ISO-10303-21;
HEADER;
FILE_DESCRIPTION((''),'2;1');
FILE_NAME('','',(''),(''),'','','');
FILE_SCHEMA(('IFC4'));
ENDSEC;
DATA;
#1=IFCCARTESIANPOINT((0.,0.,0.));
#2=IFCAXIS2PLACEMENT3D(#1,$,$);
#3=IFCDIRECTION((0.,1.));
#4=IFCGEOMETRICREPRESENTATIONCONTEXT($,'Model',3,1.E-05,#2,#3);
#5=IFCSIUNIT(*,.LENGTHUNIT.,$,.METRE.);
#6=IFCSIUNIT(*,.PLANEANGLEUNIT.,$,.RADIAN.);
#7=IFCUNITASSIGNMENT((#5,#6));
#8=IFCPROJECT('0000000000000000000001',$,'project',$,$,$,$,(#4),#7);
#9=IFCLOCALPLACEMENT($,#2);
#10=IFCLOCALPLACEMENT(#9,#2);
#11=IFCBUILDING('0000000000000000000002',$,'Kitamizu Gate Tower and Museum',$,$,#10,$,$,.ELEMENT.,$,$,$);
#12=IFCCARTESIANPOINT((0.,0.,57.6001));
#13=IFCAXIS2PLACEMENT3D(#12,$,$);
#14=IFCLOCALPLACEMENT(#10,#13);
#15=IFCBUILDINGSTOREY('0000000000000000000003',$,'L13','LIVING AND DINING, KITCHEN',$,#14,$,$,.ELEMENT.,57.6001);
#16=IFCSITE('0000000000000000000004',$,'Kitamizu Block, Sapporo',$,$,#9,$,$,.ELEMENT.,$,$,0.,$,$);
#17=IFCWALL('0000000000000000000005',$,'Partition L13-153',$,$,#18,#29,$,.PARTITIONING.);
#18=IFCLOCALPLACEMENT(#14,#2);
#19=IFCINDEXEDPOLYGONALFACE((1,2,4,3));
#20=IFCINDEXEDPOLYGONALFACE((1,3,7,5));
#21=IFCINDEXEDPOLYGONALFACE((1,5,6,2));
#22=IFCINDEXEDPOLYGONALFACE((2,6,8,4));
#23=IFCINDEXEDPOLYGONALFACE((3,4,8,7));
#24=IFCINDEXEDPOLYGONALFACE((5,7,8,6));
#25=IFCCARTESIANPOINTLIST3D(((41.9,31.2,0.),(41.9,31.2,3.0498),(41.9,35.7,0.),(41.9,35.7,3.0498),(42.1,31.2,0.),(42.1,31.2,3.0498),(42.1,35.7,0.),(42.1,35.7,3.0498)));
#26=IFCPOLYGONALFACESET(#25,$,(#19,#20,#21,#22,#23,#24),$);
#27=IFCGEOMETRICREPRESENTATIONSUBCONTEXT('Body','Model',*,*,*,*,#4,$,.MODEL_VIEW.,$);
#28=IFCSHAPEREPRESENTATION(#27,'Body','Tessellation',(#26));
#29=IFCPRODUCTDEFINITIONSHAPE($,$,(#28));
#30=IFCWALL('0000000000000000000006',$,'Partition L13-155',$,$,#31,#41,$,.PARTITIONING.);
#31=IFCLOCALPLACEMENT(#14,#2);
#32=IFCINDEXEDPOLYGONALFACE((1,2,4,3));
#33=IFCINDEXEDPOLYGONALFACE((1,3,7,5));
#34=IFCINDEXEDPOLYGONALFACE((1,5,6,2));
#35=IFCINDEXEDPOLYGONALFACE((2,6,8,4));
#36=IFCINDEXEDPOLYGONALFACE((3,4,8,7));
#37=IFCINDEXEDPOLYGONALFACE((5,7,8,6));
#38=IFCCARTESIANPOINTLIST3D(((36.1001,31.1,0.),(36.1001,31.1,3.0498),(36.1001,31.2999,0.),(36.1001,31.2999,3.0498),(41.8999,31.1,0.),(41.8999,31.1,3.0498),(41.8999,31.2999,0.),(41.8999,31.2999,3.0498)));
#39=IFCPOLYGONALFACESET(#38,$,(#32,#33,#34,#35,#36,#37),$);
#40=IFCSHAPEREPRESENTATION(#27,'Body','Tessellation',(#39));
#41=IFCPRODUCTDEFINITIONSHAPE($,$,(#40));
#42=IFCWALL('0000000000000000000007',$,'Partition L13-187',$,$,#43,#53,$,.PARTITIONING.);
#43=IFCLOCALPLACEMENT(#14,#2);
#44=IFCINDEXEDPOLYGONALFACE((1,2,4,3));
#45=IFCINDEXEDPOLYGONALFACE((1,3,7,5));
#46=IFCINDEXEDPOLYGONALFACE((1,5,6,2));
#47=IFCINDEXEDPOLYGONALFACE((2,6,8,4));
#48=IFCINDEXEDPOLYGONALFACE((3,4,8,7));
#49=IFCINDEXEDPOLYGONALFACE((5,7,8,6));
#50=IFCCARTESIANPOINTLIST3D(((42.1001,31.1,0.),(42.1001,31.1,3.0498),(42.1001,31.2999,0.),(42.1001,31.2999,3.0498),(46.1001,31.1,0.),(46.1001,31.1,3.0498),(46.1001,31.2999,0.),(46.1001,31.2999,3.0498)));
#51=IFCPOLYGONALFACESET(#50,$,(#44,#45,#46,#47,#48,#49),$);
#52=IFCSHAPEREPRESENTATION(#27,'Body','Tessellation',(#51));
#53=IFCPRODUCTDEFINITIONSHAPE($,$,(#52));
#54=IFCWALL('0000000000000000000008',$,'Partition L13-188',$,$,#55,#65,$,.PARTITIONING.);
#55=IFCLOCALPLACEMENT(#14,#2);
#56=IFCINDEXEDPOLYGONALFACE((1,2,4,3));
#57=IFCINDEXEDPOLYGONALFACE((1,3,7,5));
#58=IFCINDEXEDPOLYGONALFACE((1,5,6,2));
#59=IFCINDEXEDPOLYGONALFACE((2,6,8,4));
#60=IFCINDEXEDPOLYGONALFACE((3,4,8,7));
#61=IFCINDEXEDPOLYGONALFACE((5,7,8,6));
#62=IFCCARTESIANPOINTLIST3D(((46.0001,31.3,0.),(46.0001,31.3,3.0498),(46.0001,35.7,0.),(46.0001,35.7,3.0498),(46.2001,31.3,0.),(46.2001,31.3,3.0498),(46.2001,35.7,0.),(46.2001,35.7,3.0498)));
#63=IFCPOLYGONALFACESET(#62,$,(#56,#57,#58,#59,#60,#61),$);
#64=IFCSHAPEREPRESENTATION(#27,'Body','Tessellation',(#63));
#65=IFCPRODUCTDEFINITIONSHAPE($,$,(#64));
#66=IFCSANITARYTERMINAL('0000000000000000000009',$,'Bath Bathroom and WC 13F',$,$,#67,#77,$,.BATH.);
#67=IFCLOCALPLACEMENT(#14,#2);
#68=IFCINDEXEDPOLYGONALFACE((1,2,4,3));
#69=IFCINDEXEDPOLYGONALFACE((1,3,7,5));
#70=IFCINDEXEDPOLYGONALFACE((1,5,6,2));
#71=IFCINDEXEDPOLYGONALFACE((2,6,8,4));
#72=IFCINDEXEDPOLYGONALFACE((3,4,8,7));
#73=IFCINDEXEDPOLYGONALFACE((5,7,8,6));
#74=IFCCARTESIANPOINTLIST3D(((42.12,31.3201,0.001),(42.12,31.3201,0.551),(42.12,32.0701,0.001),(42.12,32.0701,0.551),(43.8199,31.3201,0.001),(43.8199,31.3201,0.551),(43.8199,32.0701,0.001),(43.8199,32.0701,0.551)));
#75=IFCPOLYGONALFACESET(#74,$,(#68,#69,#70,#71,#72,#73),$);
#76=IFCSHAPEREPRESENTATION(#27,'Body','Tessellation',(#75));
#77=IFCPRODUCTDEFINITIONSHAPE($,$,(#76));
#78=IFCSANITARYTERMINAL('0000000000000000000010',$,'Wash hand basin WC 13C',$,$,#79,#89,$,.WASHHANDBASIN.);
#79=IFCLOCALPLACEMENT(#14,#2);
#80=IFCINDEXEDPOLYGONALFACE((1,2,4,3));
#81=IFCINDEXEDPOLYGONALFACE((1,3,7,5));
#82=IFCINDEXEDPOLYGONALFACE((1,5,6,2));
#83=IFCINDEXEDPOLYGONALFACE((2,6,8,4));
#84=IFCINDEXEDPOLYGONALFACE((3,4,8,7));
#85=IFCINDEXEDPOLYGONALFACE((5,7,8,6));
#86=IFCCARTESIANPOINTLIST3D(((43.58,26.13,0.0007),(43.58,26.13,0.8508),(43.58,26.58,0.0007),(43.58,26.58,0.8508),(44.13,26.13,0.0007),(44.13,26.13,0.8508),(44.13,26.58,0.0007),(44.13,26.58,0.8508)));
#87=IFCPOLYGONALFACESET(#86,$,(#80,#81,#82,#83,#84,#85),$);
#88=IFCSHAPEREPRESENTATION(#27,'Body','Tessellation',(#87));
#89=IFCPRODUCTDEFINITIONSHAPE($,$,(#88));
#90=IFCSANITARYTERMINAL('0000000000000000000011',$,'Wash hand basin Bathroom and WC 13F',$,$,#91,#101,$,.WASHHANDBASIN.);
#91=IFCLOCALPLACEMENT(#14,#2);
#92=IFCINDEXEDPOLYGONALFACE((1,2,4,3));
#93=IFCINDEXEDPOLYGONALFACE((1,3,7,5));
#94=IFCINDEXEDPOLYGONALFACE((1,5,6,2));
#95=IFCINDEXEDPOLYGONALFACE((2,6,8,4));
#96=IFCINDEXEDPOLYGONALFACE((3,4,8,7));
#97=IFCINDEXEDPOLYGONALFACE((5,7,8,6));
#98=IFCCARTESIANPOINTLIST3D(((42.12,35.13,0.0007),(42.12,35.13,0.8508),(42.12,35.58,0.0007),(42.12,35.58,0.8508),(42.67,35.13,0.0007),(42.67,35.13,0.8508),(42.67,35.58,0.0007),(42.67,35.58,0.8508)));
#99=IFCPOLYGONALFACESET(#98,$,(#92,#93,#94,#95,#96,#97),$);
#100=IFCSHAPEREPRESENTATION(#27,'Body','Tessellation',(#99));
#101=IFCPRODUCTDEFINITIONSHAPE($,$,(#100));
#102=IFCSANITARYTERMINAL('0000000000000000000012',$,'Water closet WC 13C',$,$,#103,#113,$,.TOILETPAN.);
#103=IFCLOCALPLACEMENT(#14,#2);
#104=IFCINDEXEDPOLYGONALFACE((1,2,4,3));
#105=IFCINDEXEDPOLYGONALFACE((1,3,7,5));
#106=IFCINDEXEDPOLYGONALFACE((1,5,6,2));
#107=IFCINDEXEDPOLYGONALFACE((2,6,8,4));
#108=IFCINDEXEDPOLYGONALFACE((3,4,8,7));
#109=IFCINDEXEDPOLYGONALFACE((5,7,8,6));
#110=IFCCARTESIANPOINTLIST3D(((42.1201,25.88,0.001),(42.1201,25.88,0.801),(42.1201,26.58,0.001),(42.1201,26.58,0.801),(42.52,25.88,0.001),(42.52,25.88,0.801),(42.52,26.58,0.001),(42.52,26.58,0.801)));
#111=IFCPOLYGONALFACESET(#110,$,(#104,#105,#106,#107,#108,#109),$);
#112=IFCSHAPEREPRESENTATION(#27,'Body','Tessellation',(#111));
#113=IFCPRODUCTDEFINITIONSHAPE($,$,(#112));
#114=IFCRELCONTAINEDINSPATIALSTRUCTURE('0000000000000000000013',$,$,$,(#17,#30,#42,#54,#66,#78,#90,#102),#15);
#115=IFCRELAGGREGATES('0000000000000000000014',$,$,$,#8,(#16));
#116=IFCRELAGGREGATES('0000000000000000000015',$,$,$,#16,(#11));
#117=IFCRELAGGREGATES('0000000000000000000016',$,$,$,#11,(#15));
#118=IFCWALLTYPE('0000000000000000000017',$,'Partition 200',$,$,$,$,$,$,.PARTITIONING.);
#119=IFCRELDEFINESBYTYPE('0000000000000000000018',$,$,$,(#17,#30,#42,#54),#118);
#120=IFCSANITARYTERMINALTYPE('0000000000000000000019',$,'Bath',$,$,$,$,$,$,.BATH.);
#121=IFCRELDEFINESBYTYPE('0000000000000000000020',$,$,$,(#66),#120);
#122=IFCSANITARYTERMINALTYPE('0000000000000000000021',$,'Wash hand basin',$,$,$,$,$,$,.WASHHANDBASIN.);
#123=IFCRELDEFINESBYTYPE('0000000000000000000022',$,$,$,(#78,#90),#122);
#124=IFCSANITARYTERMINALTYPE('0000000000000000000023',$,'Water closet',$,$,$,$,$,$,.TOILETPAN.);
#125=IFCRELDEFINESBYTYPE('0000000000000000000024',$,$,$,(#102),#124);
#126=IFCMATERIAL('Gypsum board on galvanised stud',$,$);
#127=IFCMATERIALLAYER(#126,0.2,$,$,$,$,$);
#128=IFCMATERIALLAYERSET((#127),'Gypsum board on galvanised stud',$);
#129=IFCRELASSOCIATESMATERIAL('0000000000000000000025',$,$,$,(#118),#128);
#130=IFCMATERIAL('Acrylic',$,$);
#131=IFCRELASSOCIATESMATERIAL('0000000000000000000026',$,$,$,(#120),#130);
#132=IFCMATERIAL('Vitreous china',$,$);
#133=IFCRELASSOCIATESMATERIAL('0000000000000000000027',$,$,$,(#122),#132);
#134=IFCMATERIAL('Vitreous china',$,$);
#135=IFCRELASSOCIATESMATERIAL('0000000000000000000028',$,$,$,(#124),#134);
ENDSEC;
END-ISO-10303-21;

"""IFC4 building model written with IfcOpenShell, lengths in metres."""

from ifc_helpers import new_model, si_unit, direction, frame, frame_2d, origin, origin_2d, place, context, subcontext, project, spatial, rectangle, extrude, material, layer, layer_set, type_object, element, save


model = new_model("IFC4")

# Units and contexts
model_context = context("Model", 3, precision=1e-05, world=origin(), true_north=direction((0.0, 1.0)))
body_context = subcontext(model_context, "Body", "Model", "MODEL_VIEW")
ifc_project = project(units=[si_unit("LENGTHUNIT", "METRE"), si_unit("PLANEANGLEUNIT", "RADIAN")], contexts=[model_context])

# Site, building, storey
site_placement = place(None, origin())
site = spatial("IfcSite", under=ifc_project, at=site_placement, Name="Kitamizu Block, Sapporo", CompositionType="ELEMENT", RefElevation=0.0)
building_placement = place(site_placement, origin())
building = spatial("IfcBuilding", under=site, at=building_placement, Name="Kitamizu Gate Tower and Museum", CompositionType="ELEMENT")
storey_placement = place(building_placement, frame((0.0, 0.0, 57.6001)))
storey = spatial("IfcBuildingStorey", under=building, at=storey_placement, Name="L13", Description="LIVING AND DINING, KITCHEN", CompositionType="ELEMENT", Elevation=57.6001)

# Shared definitions
ifc_material_1 = material(Name="Gypsum board on galvanised stud")
ifc_layer_1 = layer(ifc_material_1, 0.2)
ifc_layer_set_1 = layer_set([ifc_layer_1], Name="Gypsum board on galvanised stud")
wall_type_1 = type_object("IfcWallType", Name="Partition 200", PredefinedType="PARTITIONING", material=ifc_layer_set_1)

# Walls
wall_1_placement = place(storey_placement, frame((42.0, 31.2, 0.0), z_axis=(0.0, 0.0, 1.0), x_axis=(0.0, 1.0, 0.0)))
element("IfcWall", 1, at=wall_1_placement, inside=storey, type_object=wall_type_1, Name="Partition L13-153", PredefinedType="PARTITIONING", context=body_context, shape_type="SweptSolid", body=[
    extrude(rectangle(XDim=4.5, YDim=0.2, at=frame_2d((2.25, 0.0))), origin(), (0.0, 0.0, 1.0), 3.0498),
])
wall_2_placement = place(storey_placement, frame((36.1001, 31.2, 0.0), z_axis=(0.0, 0.0, 1.0), x_axis=(1.0, 0.0, 0.0)))
element("IfcWall", 2, at=wall_2_placement, inside=storey, type_object=wall_type_1, Name="Partition L13-155", PredefinedType="PARTITIONING", context=body_context, shape_type="SweptSolid", body=[
    extrude(rectangle(XDim=5.7998, YDim=0.2, at=frame_2d((2.8999, 0.0))), origin(), (0.0, 0.0, 1.0), 3.0498),
])
wall_3_placement = place(storey_placement, frame((42.1001, 31.2, 0.0), z_axis=(0.0, 0.0, 1.0), x_axis=(1.0, 0.0, 0.0)))
element("IfcWall", 3, at=wall_3_placement, inside=storey, type_object=wall_type_1, Name="Partition L13-187", PredefinedType="PARTITIONING", context=body_context, shape_type="SweptSolid", body=[
    extrude(rectangle(XDim=4.0, YDim=0.2, at=frame_2d((2.0, 0.0))), origin(), (0.0, 0.0, 1.0), 3.0498),
])
wall_4_placement = place(storey_placement, frame((46.1001, 31.3, 0.0), z_axis=(0.0, 0.0, 1.0), x_axis=(0.0, 1.0, 0.0)))
element("IfcWall", 4, at=wall_4_placement, inside=storey, type_object=wall_type_1, Name="Partition L13-188", PredefinedType="PARTITIONING", context=body_context, shape_type="SweptSolid", body=[
    extrude(rectangle(XDim=4.3999, YDim=0.2, at=frame_2d((2.2, 0.0))), origin(), (0.0, 0.0, 1.0), 3.0498),
])

# Sanitary terminals
ifc_material_2 = material(Name="Acrylic")
sanitary_terminal_type_1 = type_object("IfcSanitaryTerminalType", Name="Bath", PredefinedType="BATH", material=ifc_material_2)
sanitary_terminal_1_placement = place(storey_placement, frame((42.97, 31.6951, 0.001), z_axis=(0.0, 0.0, 1.0), x_axis=(1.0, 0.0, 0.0)))
element("IfcSanitaryTerminal", 5, at=sanitary_terminal_1_placement, inside=storey, type_object=sanitary_terminal_type_1, Name="Bath Bathroom and WC 13F", PredefinedType="BATH", context=body_context, shape_type="SweptSolid", body=[
    extrude(rectangle(XDim=1.7, YDim=0.75, at=origin_2d()), origin(), (0.0, 0.0, 1.0), 0.55),
])
ifc_material_3 = material(Name="Vitreous china")
sanitary_terminal_type_2 = type_object("IfcSanitaryTerminalType", Name="Wash hand basin", PredefinedType="WASHHANDBASIN", material=ifc_material_3)
for number, where, z_axis, x_axis, name in (
    (6, (43.855, 26.355, 0.0007), (0.0, 0.0, 1.0), (1.0, 0.0, 0.0), "Wash hand basin WC 13C"),
    (7, (42.395, 35.355, 0.0007), (0.0, 0.0, 1.0), (1.0, 0.0, 0.0), "Wash hand basin Bathroom and WC 13F"),
):
    element("IfcSanitaryTerminal", number, at=place(storey_placement, frame(where, z_axis=z_axis, x_axis=x_axis)), inside=storey, type_object=sanitary_terminal_type_2, Name=name, PredefinedType="WASHHANDBASIN", context=body_context, shape_type="SweptSolid", body=[
        extrude(rectangle(XDim=0.55, YDim=0.45, at=origin_2d()), origin(), (0.0, 0.0, 1.0), 0.8501),
    ])
ifc_material_4 = material(Name="Vitreous china")
sanitary_terminal_type_3 = type_object("IfcSanitaryTerminalType", Name="Water closet", PredefinedType="TOILETPAN", material=ifc_material_4)
sanitary_terminal_2_placement = place(storey_placement, frame((42.3201, 26.23, 0.001), z_axis=(0.0, 0.0, 1.0), x_axis=(1.0, 0.0, 0.0)))
element("IfcSanitaryTerminal", 8, at=sanitary_terminal_2_placement, inside=storey, type_object=sanitary_terminal_type_3, Name="Water closet WC 13C", PredefinedType="TOILETPAN", context=body_context, shape_type="SweptSolid", body=[
    extrude(rectangle(XDim=0.3999, YDim=0.7, at=origin_2d()), origin(), (0.0, 0.0, 1.0), 0.8),
])

save(model, "model.ifc")
